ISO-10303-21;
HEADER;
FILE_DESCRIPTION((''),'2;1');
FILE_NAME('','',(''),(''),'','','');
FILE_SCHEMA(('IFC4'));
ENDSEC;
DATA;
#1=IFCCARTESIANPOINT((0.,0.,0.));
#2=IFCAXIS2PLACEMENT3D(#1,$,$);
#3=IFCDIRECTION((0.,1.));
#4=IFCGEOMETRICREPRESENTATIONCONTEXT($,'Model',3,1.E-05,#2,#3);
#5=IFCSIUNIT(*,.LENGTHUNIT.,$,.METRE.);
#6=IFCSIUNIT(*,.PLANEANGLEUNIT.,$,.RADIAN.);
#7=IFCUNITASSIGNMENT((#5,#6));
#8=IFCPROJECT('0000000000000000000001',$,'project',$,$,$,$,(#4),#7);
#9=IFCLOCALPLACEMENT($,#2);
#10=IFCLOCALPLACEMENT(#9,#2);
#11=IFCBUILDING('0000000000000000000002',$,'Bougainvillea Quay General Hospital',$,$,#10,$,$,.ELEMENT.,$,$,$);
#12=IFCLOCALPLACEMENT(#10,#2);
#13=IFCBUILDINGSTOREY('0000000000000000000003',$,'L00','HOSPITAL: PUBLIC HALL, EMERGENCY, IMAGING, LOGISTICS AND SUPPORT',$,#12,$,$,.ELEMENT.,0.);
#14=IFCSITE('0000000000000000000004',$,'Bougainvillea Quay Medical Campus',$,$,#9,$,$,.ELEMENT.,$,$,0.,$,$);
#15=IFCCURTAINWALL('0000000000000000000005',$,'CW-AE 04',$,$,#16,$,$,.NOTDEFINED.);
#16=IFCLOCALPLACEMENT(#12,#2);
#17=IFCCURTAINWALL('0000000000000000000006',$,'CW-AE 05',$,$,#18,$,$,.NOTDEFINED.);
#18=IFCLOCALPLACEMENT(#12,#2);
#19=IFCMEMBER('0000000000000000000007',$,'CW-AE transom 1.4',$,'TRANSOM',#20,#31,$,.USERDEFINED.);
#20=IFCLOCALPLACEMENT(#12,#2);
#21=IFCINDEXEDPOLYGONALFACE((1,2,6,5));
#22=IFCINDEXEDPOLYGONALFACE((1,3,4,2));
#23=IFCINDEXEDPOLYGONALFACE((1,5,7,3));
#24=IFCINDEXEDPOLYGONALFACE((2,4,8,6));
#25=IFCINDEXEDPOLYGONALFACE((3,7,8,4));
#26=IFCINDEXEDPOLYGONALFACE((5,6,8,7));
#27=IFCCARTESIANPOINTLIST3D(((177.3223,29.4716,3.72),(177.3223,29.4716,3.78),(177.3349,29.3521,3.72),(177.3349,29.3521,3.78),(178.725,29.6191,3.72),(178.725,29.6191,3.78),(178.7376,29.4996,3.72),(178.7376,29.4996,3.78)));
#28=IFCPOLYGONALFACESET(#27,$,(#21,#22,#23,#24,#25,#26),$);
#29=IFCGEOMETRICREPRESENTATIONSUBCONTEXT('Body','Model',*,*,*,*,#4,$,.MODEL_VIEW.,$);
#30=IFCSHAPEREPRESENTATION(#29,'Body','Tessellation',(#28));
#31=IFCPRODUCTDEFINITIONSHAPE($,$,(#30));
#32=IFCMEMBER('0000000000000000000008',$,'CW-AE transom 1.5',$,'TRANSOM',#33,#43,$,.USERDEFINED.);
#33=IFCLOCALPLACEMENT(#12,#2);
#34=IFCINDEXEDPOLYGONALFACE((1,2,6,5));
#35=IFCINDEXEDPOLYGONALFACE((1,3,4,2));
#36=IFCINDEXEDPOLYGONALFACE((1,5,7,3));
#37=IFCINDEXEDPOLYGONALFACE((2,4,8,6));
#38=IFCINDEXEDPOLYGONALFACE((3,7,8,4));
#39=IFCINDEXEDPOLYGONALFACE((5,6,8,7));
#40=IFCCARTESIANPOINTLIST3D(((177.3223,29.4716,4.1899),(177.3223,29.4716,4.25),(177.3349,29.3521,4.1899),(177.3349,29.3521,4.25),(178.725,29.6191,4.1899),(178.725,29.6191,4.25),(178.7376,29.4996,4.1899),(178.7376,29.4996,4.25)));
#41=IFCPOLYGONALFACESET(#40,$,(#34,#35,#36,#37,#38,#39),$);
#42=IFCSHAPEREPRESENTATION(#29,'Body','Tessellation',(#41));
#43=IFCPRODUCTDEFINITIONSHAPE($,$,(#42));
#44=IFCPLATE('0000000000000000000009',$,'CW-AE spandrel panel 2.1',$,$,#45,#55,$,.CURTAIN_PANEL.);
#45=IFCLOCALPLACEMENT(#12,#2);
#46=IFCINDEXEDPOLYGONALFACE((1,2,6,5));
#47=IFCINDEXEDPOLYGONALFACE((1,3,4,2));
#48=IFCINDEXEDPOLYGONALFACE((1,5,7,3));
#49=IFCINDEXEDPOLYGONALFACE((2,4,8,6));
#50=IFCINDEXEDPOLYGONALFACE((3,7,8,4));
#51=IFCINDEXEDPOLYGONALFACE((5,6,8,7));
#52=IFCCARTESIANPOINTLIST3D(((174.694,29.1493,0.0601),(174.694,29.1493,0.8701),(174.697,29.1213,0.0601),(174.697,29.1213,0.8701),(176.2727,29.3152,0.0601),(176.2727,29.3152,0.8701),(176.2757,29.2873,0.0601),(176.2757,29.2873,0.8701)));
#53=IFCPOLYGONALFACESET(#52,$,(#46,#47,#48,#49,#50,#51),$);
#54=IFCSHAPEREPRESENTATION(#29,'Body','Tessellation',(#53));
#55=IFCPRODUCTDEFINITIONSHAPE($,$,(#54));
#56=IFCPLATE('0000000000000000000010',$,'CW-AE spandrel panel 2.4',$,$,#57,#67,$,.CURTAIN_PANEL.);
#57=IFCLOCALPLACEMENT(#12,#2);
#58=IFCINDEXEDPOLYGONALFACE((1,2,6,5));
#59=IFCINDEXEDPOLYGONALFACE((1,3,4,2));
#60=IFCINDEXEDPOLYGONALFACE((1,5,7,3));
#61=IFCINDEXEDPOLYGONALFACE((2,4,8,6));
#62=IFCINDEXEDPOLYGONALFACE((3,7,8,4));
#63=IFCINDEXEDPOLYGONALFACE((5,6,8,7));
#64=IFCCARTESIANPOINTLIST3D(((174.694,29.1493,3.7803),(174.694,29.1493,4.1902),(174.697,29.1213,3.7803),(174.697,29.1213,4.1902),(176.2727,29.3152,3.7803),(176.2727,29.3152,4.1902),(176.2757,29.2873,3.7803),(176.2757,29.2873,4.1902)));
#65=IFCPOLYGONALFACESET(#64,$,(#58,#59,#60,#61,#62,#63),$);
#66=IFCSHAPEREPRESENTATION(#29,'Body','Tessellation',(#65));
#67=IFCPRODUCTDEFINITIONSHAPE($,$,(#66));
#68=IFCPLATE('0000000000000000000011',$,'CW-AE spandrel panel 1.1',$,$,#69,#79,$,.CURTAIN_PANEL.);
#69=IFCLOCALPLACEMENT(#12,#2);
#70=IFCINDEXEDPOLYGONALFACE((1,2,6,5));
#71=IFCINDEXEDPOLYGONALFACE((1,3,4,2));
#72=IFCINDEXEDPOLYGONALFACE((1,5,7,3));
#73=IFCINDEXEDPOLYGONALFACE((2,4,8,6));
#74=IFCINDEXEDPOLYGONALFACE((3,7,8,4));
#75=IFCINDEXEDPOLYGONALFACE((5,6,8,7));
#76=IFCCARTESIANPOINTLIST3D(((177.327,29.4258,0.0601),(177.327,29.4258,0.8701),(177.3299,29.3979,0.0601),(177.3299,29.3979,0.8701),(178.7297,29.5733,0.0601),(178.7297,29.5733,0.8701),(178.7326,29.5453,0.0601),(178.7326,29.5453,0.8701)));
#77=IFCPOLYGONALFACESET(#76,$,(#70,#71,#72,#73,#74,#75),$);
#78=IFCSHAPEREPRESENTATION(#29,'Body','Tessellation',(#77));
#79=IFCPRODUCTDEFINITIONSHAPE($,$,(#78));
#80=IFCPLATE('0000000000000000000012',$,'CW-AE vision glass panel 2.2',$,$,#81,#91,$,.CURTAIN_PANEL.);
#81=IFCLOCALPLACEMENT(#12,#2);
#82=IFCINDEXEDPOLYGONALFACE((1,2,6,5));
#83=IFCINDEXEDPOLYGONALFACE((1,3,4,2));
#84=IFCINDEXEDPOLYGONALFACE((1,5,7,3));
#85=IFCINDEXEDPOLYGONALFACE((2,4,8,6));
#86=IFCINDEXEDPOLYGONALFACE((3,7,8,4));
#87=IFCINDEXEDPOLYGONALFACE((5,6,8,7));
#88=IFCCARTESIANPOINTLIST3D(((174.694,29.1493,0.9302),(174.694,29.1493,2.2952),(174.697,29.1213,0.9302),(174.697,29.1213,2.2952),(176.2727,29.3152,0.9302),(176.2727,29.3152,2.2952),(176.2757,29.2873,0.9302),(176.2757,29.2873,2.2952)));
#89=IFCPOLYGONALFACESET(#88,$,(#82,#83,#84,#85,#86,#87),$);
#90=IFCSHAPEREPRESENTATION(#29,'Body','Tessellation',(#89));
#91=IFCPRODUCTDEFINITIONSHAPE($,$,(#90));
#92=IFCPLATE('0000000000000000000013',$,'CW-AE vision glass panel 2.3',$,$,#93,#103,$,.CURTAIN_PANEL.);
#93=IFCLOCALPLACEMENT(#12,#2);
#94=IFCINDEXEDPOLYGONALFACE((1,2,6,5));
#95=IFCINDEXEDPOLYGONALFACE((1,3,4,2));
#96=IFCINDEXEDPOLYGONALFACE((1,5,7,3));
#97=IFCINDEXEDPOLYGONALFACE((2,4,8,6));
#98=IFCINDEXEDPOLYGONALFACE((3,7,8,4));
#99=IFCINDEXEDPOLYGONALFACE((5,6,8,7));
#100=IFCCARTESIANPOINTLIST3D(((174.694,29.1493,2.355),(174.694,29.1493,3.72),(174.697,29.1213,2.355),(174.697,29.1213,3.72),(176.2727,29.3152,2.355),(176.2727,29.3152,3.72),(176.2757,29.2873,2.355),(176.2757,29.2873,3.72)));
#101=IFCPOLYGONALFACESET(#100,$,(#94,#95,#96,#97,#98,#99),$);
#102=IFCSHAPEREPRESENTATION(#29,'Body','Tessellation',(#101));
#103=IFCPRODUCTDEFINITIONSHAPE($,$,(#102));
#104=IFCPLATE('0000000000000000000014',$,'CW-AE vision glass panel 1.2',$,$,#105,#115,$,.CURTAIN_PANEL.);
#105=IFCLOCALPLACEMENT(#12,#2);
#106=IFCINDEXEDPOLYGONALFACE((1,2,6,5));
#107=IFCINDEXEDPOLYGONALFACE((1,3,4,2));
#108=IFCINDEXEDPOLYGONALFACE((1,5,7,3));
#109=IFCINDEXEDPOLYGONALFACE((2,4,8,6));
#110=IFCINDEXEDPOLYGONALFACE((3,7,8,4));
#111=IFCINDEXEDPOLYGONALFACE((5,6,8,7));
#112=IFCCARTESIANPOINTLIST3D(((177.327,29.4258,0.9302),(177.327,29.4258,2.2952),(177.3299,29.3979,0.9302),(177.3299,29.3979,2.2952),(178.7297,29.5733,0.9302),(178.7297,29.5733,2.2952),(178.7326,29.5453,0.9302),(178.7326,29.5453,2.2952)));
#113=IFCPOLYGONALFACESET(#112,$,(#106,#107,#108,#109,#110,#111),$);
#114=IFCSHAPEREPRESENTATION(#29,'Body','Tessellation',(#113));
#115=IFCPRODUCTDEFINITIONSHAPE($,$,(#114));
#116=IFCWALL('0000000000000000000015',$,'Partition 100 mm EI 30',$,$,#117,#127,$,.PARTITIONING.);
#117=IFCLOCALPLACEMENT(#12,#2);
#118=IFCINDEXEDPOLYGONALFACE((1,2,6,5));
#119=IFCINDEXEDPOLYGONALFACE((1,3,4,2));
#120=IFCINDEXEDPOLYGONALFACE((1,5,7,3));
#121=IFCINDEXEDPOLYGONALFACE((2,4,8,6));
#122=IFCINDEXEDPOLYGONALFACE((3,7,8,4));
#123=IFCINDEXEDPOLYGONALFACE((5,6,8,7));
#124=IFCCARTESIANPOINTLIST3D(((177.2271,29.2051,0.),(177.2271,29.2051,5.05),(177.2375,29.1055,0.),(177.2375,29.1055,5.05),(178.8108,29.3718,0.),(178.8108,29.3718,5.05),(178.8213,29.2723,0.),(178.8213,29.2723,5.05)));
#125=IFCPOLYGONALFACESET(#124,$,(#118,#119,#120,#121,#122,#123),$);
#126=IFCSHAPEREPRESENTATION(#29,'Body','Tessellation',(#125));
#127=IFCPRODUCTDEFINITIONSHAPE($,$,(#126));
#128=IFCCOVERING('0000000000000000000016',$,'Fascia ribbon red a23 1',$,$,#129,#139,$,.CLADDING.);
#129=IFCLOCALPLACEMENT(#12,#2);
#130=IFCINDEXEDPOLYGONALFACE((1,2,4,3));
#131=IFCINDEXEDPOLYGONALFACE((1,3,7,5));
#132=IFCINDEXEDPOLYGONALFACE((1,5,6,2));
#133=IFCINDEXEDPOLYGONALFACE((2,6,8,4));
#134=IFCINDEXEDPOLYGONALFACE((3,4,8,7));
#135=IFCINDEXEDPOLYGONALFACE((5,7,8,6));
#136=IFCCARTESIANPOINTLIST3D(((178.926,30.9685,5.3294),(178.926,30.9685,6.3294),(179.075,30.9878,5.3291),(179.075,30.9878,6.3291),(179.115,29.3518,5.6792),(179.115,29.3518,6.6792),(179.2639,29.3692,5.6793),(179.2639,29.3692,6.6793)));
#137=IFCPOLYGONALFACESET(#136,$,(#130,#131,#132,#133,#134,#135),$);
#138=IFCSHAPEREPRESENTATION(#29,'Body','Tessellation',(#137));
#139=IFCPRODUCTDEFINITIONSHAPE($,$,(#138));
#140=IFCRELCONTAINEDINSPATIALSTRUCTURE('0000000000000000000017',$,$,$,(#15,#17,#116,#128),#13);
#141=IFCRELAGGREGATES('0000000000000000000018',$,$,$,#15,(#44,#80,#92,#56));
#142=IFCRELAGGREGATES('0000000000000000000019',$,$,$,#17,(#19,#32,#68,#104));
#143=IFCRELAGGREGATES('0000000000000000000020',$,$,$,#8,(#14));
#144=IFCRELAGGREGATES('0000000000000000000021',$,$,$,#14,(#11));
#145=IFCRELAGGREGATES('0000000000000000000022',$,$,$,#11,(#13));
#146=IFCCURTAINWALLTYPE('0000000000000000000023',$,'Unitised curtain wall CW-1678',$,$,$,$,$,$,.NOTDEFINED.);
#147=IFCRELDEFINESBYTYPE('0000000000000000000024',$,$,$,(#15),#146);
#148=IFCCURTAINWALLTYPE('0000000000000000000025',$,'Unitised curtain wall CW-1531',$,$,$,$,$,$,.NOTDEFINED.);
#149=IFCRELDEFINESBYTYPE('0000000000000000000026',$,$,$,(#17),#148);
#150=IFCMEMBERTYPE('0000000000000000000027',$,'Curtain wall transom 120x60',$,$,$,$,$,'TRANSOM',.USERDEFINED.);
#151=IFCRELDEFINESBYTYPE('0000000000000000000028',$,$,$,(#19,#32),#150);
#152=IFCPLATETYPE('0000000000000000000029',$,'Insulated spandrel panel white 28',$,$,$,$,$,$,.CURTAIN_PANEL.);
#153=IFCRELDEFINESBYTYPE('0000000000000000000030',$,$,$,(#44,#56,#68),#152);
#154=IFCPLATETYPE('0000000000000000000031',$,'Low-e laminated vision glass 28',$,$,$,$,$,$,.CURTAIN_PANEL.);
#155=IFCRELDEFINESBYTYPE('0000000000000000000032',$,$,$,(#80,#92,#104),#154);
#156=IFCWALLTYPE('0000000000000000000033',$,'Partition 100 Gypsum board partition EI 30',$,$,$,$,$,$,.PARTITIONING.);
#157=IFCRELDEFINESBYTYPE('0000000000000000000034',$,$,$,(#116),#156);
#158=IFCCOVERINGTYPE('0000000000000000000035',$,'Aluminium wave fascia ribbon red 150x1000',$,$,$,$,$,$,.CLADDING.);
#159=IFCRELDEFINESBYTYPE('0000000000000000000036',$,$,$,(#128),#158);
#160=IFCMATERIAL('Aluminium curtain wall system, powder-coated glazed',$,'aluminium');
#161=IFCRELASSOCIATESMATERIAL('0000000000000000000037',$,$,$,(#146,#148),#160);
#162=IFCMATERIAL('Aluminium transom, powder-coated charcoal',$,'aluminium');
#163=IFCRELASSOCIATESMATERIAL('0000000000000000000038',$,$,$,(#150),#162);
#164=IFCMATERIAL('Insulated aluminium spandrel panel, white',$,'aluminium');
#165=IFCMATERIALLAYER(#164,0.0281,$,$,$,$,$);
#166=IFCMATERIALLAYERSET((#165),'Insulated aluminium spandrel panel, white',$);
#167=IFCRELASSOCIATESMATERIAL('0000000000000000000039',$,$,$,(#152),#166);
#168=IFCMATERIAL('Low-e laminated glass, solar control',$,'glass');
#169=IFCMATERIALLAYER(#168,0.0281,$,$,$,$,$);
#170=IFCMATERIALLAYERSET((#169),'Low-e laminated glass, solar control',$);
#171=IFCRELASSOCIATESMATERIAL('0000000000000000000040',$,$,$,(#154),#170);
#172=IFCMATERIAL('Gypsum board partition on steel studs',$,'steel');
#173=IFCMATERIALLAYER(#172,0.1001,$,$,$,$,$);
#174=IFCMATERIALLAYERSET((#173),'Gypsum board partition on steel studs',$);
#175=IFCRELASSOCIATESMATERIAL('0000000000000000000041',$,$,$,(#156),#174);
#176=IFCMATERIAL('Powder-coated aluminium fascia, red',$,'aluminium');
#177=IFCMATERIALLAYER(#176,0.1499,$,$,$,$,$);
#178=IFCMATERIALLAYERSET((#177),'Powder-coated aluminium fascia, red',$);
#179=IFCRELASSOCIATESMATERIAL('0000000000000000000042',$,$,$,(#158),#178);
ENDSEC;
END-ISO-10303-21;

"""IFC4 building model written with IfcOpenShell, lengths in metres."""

from ifc_helpers import new_model, si_unit, direction, frame, frame_2d, origin, origin_2d, place, context, subcontext, project, spatial, polyline, rectangle, outline, extrude, material, layer, layer_set, material_profile, profile_set, type_object, element, aggregate, save


model = new_model("IFC4")

# Units and contexts
model_context = context("Model", 3, precision=1e-05, world=origin(), true_north=direction((0.0, 1.0)))
body_context = subcontext(model_context, "Body", "Model", "MODEL_VIEW")
ifc_project = project(units=[si_unit("LENGTHUNIT", "METRE"), si_unit("PLANEANGLEUNIT", "RADIAN")], contexts=[model_context])

# Site, building, storey
site_placement = place(None, origin())
site = spatial("IfcSite", under=ifc_project, at=site_placement, Name="Bougainvillea Quay Medical Campus", CompositionType="ELEMENT", RefElevation=0.0)
building_placement = place(site_placement, origin())
building = spatial("IfcBuilding", under=site, at=building_placement, Name="Bougainvillea Quay General Hospital", CompositionType="ELEMENT")
storey_placement = place(building_placement, origin())
storey = spatial("IfcBuildingStorey", under=building, at=storey_placement, Name="L00", Description="HOSPITAL: PUBLIC HALL, EMERGENCY, IMAGING, LOGISTICS AND SUPPORT", CompositionType="ELEMENT", Elevation=0.0)

# Curtain walls
ifc_material_1 = material(Name="Aluminium curtain wall system, powder-coated glazed", Category="aluminium")
curtain_wall_type_1 = type_object("IfcCurtainWallType", Name="Unitised curtain wall CW-1678", PredefinedType="NOTDEFINED", material=ifc_material_1)
curtain_wall_1_placement = place(storey_placement, origin())
curtain_wall_1 = element("IfcCurtainWall", 1, at=curtain_wall_1_placement, inside=storey, type_object=curtain_wall_type_1, Name="CW-AE 04", PredefinedType="NOTDEFINED")
curtain_wall_type_2 = type_object("IfcCurtainWallType", Name="Unitised curtain wall CW-1531", PredefinedType="NOTDEFINED", material=ifc_material_1)
curtain_wall_2_placement = place(storey_placement, origin())
curtain_wall_2 = element("IfcCurtainWall", 2, at=curtain_wall_2_placement, inside=storey, type_object=curtain_wall_type_2, Name="CW-AE 05", PredefinedType="NOTDEFINED")

# Members
ifc_material_2 = material(Name="Aluminium transom, powder-coated charcoal", Category="aluminium")
ifc_material_profile_1 = material_profile(ifc_material_2, rectangle(XDim=0.1201, YDim=0.0601, at=origin_2d()))
ifc_profile_set_1 = profile_set([ifc_material_profile_1], Name="Aluminium transom, powder-coated charcoal")
member_type_1 = type_object("IfcMemberType", Name="Curtain wall transom 120x60", ElementType="TRANSOM", PredefinedType="USERDEFINED", material=ifc_profile_set_1)
member_1_placement = place(storey_placement, frame((177.3286, 29.4119, 3.75), z_axis=(0.994519, 0.104559, 0.0), x_axis=(-0.104559, 0.994519, 0.0)))
member_1 = element("IfcMember", 3, at=member_1_placement, type_object=member_type_1, Name="CW-AE transom 1.4", ObjectType="TRANSOM", PredefinedType="USERDEFINED", context=body_context, shape_type="SweptSolid", body=[
    extrude(rectangle(XDim=0.1201, YDim=0.0601, at=origin_2d()), origin(), (0.0, 0.0, 1.0), 1.4104),
])
member_2_placement = place(storey_placement, frame((177.3286, 29.4119, 4.22), z_axis=(0.994519, 0.104559, 0.0), x_axis=(-0.104559, 0.994519, 0.0)))
member_2 = element("IfcMember", 4, at=member_2_placement, type_object=member_type_1, Name="CW-AE transom 1.5", ObjectType="TRANSOM", PredefinedType="USERDEFINED", context=body_context, shape_type="SweptSolid", body=[
    extrude(rectangle(XDim=0.1201, YDim=0.0601, at=origin_2d()), origin(), (0.0, 0.0, 1.0), 1.4104),
])

# Plates
ifc_material_3 = material(Name="Insulated aluminium spandrel panel, white", Category="aluminium")
ifc_layer_1 = layer(ifc_material_3, 0.0281)
ifc_layer_set_1 = layer_set([ifc_layer_1], Name="Insulated aluminium spandrel panel, white")
plate_type_1 = type_object("IfcPlateType", Name="Insulated spandrel panel white 28", PredefinedType="CURTAIN_PANEL", material=ifc_layer_set_1)
plate_1_placement = place(storey_placement, frame((175.4849, 29.2183, 0.0601), z_axis=(0.0, 0.0, 1.0), x_axis=(0.994522, 0.104527, 0.0)))
plate_1 = element("IfcPlate", 5, at=plate_1_placement, type_object=plate_type_1, Name="CW-AE spandrel panel 2.1", PredefinedType="CURTAIN_PANEL", context=body_context, shape_type="SweptSolid", body=[
    extrude(rectangle(XDim=1.5874, YDim=0.0281, at=origin_2d()), origin(), (0.0, 0.0, 1.0), 0.8101),
])
plate_2_placement = place(storey_placement, frame((175.4849, 29.2183, 3.7803), z_axis=(0.0, 0.0, 1.0), x_axis=(0.994522, 0.104527, 0.0)))
plate_2 = element("IfcPlate", 6, at=plate_2_placement, type_object=plate_type_1, Name="CW-AE spandrel panel 2.4", PredefinedType="CURTAIN_PANEL", context=body_context, shape_type="SweptSolid", body=[
    extrude(rectangle(XDim=1.5874, YDim=0.0281, at=origin_2d()), origin(), (0.0, 0.0, 1.0), 0.4099),
])
plate_3_placement = place(storey_placement, frame((178.0298, 29.4856, 0.0601), z_axis=(0.0, 0.0, 1.0), x_axis=(0.994522, 0.104527, 0.0)))
plate_3 = element("IfcPlate", 7, at=plate_3_placement, type_object=plate_type_1, Name="CW-AE spandrel panel 1.1", PredefinedType="CURTAIN_PANEL", context=body_context, shape_type="SweptSolid", body=[
    extrude(rectangle(XDim=1.4104, YDim=0.0281, at=origin_2d()), origin(), (0.0, 0.0, 1.0), 0.8101),
])
ifc_material_4 = material(Name="Low-e laminated glass, solar control", Category="glass")
ifc_layer_2 = layer(ifc_material_4, 0.0281)
ifc_layer_set_2 = layer_set([ifc_layer_2], Name="Low-e laminated glass, solar control")
plate_type_2 = type_object("IfcPlateType", Name="Low-e laminated vision glass 28", PredefinedType="CURTAIN_PANEL", material=ifc_layer_set_2)
plate_4_placement = place(storey_placement, frame((175.4849, 29.2183, 0.9302), z_axis=(0.0, 0.0, 1.0), x_axis=(0.994522, 0.104527, 0.0)))
plate_4 = element("IfcPlate", 8, at=plate_4_placement, type_object=plate_type_2, Name="CW-AE vision glass panel 2.2", PredefinedType="CURTAIN_PANEL", context=body_context, shape_type="SweptSolid", body=[
    extrude(rectangle(XDim=1.5874, YDim=0.0281, at=origin_2d()), origin(), (0.0, 0.0, 1.0), 1.365),
])
plate_5_placement = place(storey_placement, frame((175.4849, 29.2183, 2.355), z_axis=(0.0, 0.0, 1.0), x_axis=(0.994522, 0.104527, 0.0)))
plate_5 = element("IfcPlate", 9, at=plate_5_placement, type_object=plate_type_2, Name="CW-AE vision glass panel 2.3", PredefinedType="CURTAIN_PANEL", context=body_context, shape_type="SweptSolid", body=[
    extrude(rectangle(XDim=1.5874, YDim=0.0281, at=origin_2d()), origin(), (0.0, 0.0, 1.0), 1.365),
])
aggregate(curtain_wall_1, [plate_1, plate_4, plate_5, plate_2])
plate_6_placement = place(storey_placement, frame((178.0298, 29.4856, 0.9302), z_axis=(0.0, 0.0, 1.0), x_axis=(0.994522, 0.104527, 0.0)))
plate_6 = element("IfcPlate", 10, at=plate_6_placement, type_object=plate_type_2, Name="CW-AE vision glass panel 1.2", PredefinedType="CURTAIN_PANEL", context=body_context, shape_type="SweptSolid", body=[
    extrude(rectangle(XDim=1.4104, YDim=0.0281, at=origin_2d()), origin(), (0.0, 0.0, 1.0), 1.365),
])
aggregate(curtain_wall_2, [member_1, member_2, plate_3, plate_6])

# Wall
ifc_material_5 = material(Name="Gypsum board partition on steel studs", Category="steel")
ifc_layer_3 = layer(ifc_material_5, 0.1001)
ifc_layer_set_3 = layer_set([ifc_layer_3], Name="Gypsum board partition on steel studs")
wall_type = type_object("IfcWallType", Name="Partition 100 Gypsum board partition EI 30", PredefinedType="PARTITIONING", material=ifc_layer_set_3)
wall_placement = place(storey_placement, frame((177.2322, 29.1553, 0.0), z_axis=(0.0, 0.0, 1.0), x_axis=(0.994503, 0.104709, 0.0)))
element("IfcWall", 11, at=wall_placement, inside=storey, type_object=wall_type, Name="Partition 100 mm EI 30", PredefinedType="PARTITIONING", context=body_context, shape_type="SweptSolid", body=[
    extrude(rectangle(XDim=1.5925, YDim=0.1001, at=frame_2d((0.7964, 0.0))), origin(), (0.0, 0.0, 1.0), 5.05),
])

# Covering
ifc_material_6 = material(Name="Powder-coated aluminium fascia, red", Category="aluminium")
ifc_layer_4 = layer(ifc_material_6, 0.1499)
ifc_layer_set_4 = layer_set([ifc_layer_4], Name="Powder-coated aluminium fascia, red")
covering_type = type_object("IfcCoveringType", Name="Aluminium wave fascia ribbon red 150x1000", PredefinedType="CLADDING", material=ifc_layer_set_4)
covering_placement = place(storey_placement, frame((179.115, 29.3518, 5.6792), z_axis=(-0.024848, 0.208614, 0.977682), x_axis=(-0.113502, 0.971072, -0.210088)))
element("IfcCovering", 12, at=covering_placement, inside=storey, type_object=covering_type, Name="Fascia ribbon red a23 1", PredefinedType="CLADDING", context=body_context, shape_type="SweptSolid", body=[
    extrude(outline(polyline([(0.0, 0.0), (1.6649, 0.0), (1.6668, -0.1502), (-0.0001, -0.1499), (0.0, 0.0)])), origin(), (-0.210088, -0.000451, 0.977682), 1.0),
])

save(model, "model.ifc")
